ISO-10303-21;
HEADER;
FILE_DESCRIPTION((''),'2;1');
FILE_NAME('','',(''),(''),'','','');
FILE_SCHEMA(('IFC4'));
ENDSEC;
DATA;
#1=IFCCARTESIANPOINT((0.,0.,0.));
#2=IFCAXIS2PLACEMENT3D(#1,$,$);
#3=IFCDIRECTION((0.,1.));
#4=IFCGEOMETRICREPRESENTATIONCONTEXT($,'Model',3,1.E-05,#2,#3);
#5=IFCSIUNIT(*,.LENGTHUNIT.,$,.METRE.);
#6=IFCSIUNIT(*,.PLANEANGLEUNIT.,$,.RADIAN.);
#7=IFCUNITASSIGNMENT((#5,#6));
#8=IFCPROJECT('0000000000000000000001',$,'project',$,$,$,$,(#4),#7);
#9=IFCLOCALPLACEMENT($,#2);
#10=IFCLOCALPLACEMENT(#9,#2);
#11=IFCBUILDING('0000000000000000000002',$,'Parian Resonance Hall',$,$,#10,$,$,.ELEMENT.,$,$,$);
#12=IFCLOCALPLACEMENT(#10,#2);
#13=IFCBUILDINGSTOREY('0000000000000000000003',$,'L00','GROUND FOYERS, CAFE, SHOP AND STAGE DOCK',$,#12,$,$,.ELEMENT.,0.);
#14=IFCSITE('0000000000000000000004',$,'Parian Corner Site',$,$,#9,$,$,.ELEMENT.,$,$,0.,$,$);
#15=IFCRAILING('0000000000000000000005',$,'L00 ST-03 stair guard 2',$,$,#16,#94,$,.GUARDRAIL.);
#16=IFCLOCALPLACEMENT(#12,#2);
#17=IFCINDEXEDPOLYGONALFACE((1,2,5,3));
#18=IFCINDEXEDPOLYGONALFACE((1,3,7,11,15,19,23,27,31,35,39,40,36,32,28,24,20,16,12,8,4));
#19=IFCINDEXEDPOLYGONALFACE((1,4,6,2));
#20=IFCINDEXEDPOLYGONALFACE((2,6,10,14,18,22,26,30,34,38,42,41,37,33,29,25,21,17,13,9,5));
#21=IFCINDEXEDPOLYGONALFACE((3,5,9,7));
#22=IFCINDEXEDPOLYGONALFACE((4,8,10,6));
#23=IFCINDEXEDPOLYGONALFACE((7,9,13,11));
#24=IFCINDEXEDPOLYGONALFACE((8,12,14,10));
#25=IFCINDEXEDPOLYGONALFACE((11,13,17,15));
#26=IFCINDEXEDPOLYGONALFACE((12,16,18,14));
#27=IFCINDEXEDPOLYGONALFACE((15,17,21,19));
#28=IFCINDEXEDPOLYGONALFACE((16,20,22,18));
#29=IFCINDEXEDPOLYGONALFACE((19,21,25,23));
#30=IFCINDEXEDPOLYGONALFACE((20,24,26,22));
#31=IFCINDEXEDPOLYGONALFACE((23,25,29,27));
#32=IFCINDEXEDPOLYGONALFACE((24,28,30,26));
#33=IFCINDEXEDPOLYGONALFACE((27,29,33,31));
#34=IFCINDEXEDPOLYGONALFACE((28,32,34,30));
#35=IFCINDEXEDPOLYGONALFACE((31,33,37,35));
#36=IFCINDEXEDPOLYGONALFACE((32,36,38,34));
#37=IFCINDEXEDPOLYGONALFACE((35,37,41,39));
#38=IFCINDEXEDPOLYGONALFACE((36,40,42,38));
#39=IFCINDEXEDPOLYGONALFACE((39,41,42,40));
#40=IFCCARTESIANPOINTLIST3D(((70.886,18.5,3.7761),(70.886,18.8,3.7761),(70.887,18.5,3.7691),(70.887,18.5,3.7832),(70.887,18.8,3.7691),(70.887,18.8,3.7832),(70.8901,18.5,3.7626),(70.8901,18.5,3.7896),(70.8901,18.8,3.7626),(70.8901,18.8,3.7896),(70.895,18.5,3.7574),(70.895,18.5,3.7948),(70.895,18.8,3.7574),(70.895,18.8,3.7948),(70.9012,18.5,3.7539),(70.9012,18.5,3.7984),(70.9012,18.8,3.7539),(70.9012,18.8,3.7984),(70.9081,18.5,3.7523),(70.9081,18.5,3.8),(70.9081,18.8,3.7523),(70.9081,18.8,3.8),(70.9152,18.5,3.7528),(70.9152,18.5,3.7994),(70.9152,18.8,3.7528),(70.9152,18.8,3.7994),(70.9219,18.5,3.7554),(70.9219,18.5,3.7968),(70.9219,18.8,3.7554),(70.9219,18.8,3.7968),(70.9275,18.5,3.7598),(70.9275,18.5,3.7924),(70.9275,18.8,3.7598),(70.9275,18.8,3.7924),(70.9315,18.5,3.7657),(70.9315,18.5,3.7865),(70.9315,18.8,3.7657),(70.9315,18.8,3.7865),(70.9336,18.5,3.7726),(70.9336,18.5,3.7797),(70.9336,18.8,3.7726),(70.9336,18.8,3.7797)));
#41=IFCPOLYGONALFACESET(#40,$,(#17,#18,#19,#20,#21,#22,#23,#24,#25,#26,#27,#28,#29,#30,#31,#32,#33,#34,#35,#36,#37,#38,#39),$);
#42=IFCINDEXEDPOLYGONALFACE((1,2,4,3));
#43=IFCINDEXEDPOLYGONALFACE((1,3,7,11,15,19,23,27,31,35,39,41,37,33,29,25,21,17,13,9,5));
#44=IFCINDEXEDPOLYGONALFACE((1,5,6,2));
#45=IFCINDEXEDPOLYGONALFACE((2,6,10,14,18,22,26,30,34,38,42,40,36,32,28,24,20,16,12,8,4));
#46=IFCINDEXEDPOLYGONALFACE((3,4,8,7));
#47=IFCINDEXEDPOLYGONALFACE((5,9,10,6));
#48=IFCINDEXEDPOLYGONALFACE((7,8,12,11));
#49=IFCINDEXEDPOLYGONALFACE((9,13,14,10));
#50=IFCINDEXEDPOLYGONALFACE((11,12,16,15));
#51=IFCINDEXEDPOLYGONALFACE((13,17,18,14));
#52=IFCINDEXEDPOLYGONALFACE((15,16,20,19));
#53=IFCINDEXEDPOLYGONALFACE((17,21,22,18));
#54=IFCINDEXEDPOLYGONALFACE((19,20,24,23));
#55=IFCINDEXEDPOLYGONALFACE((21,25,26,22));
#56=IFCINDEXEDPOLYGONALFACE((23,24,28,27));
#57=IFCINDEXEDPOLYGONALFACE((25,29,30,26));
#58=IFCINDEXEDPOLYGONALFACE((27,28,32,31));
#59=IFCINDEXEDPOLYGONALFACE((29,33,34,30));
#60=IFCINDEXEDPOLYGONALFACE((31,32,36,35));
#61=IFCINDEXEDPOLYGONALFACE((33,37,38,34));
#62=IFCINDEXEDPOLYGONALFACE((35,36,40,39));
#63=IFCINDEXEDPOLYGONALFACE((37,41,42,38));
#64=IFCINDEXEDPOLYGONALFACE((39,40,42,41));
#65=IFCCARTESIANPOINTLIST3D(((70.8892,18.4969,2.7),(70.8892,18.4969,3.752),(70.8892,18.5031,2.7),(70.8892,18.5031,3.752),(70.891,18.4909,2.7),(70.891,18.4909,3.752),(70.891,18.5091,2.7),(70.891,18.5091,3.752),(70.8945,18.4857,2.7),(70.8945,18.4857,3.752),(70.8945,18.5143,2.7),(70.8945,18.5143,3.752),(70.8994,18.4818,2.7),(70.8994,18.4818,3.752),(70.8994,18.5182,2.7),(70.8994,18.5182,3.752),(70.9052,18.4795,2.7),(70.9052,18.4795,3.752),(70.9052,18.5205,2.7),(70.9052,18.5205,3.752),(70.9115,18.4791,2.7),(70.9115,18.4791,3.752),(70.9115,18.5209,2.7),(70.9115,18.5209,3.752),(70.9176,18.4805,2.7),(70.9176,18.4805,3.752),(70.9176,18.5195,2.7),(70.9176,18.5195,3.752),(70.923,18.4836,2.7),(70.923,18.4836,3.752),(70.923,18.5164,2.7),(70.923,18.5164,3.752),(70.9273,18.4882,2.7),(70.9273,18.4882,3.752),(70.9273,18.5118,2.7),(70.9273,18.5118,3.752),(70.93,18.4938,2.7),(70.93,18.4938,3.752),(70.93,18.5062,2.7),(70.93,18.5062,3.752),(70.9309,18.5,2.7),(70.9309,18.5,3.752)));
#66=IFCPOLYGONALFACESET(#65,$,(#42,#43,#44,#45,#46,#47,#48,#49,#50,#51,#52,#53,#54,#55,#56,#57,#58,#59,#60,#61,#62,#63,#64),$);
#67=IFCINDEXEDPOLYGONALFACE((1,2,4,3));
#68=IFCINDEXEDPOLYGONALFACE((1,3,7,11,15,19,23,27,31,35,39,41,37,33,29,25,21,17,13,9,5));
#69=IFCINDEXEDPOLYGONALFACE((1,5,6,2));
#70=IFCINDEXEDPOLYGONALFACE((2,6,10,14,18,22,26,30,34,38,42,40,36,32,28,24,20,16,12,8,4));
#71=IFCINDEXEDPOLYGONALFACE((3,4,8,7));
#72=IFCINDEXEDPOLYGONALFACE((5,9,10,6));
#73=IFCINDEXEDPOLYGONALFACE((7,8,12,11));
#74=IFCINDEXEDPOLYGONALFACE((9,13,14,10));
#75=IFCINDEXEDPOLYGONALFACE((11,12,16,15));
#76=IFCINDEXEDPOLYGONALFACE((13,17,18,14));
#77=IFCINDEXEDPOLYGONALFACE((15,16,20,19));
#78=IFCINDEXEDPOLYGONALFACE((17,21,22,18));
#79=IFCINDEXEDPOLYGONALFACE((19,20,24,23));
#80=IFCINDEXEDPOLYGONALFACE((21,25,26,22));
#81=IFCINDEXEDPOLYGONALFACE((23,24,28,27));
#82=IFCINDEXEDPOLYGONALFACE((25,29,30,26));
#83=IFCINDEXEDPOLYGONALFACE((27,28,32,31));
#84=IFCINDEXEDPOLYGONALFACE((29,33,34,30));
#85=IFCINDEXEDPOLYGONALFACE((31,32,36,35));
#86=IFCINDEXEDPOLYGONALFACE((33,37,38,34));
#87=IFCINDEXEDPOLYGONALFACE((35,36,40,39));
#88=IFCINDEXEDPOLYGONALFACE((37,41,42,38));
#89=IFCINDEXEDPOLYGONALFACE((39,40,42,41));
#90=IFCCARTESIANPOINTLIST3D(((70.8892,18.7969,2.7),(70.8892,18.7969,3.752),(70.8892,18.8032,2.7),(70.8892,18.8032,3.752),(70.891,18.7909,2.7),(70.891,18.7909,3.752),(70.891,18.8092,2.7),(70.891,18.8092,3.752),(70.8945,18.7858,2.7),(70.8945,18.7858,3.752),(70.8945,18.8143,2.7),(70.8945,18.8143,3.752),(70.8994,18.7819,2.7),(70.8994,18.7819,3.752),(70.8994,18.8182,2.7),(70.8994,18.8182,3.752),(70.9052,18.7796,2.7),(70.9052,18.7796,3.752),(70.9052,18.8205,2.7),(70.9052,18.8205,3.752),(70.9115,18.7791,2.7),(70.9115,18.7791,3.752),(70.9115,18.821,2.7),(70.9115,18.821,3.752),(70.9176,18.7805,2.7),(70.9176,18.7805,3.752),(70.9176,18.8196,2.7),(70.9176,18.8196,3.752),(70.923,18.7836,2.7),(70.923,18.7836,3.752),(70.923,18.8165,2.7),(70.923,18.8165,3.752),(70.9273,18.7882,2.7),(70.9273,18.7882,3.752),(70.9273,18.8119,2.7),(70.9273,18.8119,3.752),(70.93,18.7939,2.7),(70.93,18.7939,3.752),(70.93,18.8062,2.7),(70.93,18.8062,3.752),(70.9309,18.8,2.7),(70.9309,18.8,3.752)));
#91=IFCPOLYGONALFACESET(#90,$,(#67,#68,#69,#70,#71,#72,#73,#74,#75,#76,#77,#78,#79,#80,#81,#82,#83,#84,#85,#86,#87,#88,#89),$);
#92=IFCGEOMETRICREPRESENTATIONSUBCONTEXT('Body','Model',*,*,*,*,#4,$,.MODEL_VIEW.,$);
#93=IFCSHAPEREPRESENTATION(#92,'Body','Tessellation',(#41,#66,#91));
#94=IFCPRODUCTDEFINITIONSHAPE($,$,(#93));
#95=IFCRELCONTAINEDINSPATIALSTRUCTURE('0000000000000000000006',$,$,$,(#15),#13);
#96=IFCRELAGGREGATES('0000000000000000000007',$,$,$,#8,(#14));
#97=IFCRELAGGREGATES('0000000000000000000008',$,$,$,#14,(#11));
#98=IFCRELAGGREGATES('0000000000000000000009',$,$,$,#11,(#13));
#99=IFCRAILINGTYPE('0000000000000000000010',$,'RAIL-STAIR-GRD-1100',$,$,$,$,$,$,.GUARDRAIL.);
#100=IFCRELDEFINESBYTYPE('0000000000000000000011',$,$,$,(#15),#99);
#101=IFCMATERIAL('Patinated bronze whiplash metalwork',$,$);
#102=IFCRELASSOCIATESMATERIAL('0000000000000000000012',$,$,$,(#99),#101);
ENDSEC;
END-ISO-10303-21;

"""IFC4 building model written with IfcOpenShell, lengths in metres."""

from ifc_helpers import new_model, si_unit, direction, frame, origin, origin_2d, place, context, subcontext, project, spatial, circle, extrude, material, type_object, element, save


model = new_model("IFC4")

# Units and contexts
model_context = context("Model", 3, precision=1e-05, world=origin(), true_north=direction((0.0, 1.0)))
body_context = subcontext(model_context, "Body", "Model", "MODEL_VIEW")
ifc_project = project(units=[si_unit("LENGTHUNIT", "METRE"), si_unit("PLANEANGLEUNIT", "RADIAN")], contexts=[model_context])

# Site, building, storey
site_placement = place(None, origin())
site = spatial("IfcSite", under=ifc_project, at=site_placement, Name="Parian Corner Site", CompositionType="ELEMENT", RefElevation=0.0)
building_placement = place(site_placement, origin())
building = spatial("IfcBuilding", under=site, at=building_placement, Name="Parian Resonance Hall", CompositionType="ELEMENT")
storey_placement = place(building_placement, origin())
storey = spatial("IfcBuildingStorey", under=building, at=storey_placement, Name="L00", Description="GROUND FOYERS, CAFE, SHOP AND STAGE DOCK", CompositionType="ELEMENT", Elevation=0.0)

# Railing
ifc_material_1 = material(Name="Patinated bronze whiplash metalwork")
railing_type_1 = type_object("IfcRailingType", Name="RAIL-STAIR-GRD-1100", PredefinedType="GUARDRAIL", material=ifc_material_1)
railing_1_placement = place(storey_placement, frame((70.9099, 18.5, 2.7)))
element("IfcRailing", 1, at=railing_1_placement, inside=storey, type_object=railing_type_1, Name="L00 ST-03 stair guard 2", PredefinedType="GUARDRAIL", context=body_context, shape_type="SweptSolid", body=[
    extrude(circle(Radius=0.0239, at=origin_2d()), frame((0.0, 0.0, 1.0762), z_axis=(0.0, 1.0, 0.0), x_axis=(-1.0, 0.0, 0.0)), (0.0, 0.0, 1.0), 0.3),
    extrude(circle(Radius=0.021, at=origin_2d()), origin(), (0.0, 0.0, 1.0), 1.052),
    extrude(circle(Radius=0.021, at=origin_2d()), frame((0.0, 0.3, 0.0)), (0.0, 0.0, 1.0), 1.052),
])

save(model, "model.ifc")
